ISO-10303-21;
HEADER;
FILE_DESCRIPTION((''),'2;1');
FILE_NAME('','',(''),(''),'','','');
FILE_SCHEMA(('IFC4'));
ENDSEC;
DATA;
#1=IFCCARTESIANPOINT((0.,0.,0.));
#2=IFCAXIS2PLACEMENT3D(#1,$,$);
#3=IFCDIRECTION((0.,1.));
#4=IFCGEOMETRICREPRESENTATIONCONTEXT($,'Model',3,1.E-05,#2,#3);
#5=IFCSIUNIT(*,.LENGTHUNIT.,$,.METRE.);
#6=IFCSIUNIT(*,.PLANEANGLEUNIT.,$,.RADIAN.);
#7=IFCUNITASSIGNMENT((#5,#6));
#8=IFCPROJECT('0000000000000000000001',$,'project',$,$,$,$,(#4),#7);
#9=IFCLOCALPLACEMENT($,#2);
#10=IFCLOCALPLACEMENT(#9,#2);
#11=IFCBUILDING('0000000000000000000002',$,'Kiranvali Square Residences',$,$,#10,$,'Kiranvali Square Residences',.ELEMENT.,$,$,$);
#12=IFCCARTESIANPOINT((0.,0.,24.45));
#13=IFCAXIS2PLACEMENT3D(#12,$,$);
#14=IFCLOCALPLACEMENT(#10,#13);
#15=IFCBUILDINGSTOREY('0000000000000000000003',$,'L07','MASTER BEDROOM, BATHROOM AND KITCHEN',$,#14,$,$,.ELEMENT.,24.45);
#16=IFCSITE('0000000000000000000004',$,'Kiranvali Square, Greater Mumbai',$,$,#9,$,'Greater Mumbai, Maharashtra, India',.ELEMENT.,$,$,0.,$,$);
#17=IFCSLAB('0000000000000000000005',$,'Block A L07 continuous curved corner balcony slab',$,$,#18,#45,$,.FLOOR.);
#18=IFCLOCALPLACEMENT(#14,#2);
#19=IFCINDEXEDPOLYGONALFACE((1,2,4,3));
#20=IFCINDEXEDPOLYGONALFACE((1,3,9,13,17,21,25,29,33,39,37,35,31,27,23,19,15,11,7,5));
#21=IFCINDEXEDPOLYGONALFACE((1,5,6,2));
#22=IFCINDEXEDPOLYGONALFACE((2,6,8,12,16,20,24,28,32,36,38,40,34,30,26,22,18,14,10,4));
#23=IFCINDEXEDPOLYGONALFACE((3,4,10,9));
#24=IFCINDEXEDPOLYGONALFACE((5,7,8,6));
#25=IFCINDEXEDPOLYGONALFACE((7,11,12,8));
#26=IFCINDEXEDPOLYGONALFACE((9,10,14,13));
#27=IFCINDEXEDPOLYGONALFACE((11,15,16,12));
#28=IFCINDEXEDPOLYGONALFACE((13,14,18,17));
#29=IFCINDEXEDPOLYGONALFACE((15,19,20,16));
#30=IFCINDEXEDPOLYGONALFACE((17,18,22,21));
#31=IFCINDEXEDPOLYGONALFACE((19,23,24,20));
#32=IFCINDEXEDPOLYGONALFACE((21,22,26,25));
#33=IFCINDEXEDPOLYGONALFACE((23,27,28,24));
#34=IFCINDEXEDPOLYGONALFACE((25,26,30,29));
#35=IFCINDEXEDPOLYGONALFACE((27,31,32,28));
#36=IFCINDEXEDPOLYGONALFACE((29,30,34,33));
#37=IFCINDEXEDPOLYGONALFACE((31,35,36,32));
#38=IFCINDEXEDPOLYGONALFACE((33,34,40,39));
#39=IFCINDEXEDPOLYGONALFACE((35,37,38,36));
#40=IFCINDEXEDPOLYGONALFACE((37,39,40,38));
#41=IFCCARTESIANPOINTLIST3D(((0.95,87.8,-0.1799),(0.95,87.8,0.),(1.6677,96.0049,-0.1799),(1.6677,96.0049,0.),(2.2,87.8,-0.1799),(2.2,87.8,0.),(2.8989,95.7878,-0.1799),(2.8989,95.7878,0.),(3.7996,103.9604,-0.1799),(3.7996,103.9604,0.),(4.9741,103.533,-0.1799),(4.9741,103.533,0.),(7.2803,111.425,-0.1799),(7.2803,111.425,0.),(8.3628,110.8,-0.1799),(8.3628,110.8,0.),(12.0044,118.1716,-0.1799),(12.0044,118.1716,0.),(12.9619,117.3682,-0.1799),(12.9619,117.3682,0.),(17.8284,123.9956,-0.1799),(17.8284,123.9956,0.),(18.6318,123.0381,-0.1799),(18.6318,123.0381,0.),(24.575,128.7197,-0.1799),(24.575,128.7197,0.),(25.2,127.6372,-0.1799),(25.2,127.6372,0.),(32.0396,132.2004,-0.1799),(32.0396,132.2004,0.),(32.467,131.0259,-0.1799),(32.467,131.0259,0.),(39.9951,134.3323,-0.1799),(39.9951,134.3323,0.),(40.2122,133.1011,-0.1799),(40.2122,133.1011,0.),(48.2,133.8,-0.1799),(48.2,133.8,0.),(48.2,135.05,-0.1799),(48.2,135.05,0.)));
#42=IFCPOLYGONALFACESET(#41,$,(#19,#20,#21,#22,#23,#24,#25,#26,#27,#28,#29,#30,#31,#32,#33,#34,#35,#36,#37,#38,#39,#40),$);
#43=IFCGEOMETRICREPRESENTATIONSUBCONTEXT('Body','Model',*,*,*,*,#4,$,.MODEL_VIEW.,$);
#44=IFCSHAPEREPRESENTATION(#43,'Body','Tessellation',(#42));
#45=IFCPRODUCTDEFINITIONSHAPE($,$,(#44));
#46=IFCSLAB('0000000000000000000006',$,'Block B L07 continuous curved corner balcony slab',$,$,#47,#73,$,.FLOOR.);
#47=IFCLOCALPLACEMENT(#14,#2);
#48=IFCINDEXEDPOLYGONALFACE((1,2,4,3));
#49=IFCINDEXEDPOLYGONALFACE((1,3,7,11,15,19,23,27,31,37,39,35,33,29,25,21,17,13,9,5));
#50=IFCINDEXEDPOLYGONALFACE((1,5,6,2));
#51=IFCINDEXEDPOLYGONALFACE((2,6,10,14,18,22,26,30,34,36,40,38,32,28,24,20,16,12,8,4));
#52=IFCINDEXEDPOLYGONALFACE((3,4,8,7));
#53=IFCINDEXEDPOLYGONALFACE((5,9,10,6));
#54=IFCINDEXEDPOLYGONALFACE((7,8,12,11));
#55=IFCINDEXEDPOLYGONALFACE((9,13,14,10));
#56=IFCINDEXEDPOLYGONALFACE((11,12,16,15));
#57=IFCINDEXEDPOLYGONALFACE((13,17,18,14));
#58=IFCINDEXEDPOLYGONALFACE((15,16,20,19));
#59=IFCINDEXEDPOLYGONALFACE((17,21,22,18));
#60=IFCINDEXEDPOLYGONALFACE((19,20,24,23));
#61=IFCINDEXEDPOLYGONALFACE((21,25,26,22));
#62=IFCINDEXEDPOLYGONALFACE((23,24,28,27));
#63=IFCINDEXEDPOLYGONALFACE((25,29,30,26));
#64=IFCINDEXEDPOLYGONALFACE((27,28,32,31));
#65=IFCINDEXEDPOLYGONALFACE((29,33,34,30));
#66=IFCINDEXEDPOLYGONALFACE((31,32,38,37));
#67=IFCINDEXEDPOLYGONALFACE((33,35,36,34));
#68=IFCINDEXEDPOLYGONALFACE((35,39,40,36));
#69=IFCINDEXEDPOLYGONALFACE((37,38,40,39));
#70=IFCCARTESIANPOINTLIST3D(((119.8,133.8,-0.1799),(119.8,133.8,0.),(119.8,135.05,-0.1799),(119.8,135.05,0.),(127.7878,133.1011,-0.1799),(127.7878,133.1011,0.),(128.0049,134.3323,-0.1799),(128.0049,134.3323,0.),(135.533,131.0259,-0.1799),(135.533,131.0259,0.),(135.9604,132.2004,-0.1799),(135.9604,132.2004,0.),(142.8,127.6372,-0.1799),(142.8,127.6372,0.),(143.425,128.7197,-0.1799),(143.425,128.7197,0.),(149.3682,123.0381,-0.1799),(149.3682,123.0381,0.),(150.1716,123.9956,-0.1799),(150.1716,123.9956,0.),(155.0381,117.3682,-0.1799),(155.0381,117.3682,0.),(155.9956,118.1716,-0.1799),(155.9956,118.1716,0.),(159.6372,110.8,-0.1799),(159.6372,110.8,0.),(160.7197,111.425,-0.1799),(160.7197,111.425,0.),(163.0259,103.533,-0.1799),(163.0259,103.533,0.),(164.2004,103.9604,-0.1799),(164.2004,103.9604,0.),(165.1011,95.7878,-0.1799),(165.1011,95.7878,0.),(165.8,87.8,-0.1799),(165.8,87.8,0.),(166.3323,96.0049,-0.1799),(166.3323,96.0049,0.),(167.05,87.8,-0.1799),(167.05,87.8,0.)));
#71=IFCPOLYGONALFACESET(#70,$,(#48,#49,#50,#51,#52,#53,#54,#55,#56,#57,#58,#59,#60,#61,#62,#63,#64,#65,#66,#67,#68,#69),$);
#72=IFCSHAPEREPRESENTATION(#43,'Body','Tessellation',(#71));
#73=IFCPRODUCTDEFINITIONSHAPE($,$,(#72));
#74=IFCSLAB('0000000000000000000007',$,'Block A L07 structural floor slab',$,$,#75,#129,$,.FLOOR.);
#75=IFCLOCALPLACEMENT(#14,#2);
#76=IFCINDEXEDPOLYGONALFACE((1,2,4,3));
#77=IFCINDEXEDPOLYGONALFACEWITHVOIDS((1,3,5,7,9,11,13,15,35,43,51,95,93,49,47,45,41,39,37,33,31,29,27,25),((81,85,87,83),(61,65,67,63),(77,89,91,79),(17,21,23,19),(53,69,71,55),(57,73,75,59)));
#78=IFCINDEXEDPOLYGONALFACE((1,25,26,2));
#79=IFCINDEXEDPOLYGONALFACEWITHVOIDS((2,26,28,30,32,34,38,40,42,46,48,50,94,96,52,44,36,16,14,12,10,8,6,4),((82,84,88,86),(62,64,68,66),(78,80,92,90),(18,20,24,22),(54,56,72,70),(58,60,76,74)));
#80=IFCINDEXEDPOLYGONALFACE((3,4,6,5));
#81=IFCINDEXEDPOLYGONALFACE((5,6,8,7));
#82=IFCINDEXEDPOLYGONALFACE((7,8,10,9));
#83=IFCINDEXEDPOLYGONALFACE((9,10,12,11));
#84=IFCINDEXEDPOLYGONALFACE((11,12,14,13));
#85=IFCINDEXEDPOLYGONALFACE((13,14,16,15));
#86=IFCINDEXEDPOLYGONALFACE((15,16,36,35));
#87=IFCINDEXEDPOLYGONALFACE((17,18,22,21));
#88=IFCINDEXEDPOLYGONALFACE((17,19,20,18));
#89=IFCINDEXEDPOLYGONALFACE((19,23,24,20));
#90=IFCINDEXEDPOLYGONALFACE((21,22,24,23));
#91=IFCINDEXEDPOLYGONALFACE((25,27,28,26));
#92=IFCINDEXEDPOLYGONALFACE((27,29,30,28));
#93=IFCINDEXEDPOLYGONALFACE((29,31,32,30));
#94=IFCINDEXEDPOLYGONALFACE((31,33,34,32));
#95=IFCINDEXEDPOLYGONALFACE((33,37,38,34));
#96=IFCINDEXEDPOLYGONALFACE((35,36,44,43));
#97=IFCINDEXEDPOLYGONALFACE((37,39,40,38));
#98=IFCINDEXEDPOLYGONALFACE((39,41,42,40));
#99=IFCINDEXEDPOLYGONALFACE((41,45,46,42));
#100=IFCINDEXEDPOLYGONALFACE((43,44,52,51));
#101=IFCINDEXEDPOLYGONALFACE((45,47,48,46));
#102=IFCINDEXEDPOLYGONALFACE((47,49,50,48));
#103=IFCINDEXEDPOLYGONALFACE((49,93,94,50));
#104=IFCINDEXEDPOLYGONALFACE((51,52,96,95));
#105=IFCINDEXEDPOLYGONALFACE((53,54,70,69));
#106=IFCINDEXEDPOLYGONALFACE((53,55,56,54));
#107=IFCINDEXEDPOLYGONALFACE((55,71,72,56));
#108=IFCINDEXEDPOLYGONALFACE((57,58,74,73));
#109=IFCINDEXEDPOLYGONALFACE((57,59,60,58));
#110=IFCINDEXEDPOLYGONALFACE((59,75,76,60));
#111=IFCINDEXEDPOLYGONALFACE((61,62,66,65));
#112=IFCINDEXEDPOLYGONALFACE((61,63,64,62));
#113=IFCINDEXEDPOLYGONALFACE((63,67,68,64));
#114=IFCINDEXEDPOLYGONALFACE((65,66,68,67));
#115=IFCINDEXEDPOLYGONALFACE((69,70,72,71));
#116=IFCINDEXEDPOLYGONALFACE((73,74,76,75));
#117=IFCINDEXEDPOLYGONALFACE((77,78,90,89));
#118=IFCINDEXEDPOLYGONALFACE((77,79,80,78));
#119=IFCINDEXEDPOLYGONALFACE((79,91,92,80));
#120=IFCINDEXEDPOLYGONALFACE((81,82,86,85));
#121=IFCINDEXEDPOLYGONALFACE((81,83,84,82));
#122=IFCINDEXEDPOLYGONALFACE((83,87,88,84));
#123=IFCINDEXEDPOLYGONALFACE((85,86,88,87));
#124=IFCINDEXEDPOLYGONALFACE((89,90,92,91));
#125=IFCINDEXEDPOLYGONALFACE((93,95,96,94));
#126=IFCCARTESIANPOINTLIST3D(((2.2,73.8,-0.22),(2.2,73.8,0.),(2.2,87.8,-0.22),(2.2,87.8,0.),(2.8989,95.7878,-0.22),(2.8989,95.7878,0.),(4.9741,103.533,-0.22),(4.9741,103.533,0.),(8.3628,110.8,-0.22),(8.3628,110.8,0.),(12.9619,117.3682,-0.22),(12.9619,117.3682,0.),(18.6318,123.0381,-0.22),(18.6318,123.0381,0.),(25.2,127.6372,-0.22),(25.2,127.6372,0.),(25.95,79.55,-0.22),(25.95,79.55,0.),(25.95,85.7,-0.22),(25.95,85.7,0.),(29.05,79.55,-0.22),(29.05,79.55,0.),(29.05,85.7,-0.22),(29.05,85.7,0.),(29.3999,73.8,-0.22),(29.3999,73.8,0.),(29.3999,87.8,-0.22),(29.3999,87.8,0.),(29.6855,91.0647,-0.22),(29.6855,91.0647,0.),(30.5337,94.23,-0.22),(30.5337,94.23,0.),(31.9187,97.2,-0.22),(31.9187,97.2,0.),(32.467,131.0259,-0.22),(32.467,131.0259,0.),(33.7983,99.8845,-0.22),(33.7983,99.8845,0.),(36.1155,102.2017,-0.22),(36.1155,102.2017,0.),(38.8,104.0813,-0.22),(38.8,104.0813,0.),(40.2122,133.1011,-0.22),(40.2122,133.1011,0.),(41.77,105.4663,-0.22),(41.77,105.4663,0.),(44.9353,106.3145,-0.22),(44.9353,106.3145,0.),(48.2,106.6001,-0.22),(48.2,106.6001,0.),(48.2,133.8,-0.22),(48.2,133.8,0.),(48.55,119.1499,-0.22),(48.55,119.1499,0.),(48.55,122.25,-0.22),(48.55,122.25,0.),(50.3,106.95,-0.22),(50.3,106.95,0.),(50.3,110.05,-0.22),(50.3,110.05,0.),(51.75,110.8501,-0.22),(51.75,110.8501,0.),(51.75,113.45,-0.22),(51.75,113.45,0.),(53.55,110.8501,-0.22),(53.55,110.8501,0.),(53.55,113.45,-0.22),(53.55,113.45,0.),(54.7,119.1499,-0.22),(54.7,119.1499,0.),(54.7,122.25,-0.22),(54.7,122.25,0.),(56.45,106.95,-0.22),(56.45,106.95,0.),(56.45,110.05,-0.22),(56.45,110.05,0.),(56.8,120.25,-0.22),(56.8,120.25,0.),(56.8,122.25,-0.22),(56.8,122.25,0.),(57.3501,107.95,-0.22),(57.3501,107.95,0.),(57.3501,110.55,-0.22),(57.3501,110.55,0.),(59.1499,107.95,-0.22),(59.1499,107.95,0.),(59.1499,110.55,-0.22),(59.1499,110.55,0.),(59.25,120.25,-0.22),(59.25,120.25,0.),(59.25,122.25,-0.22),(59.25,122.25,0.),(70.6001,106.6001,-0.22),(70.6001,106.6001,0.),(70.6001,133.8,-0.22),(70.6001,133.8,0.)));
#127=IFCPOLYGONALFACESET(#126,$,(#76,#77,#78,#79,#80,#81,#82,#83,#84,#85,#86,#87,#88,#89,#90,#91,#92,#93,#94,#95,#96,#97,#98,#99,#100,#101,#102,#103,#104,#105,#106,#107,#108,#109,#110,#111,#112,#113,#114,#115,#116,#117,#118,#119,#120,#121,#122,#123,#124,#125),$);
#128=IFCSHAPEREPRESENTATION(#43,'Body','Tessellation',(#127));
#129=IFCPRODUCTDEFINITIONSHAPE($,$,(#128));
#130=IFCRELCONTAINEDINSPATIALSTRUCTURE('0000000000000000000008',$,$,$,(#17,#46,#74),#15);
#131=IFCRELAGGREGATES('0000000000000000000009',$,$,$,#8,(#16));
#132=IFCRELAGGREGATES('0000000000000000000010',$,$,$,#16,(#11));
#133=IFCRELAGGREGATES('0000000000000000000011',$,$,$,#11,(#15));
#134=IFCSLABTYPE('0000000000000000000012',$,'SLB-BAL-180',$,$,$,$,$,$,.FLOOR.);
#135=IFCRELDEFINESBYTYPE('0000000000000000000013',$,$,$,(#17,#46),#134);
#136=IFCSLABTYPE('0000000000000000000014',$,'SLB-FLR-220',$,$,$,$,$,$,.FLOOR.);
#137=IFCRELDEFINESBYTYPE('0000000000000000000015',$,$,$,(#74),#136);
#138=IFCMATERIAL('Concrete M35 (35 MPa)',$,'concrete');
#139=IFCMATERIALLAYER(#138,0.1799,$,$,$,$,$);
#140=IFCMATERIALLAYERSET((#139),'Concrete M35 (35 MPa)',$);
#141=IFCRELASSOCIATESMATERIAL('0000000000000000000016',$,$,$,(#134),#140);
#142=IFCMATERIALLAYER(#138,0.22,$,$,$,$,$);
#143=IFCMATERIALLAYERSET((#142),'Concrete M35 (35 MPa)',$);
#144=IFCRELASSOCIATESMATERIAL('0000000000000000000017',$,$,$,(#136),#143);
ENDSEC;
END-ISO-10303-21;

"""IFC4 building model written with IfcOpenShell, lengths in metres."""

from ifc_helpers import new_model, si_unit, direction, frame, origin, place, context, subcontext, project, spatial, polyline, outline, extrude, material, layer, layer_set, type_object, element, save


model = new_model("IFC4")

# Units and contexts
model_context = context("Model", 3, precision=1e-05, world=origin(), true_north=direction((0.0, 1.0)))
body_context = subcontext(model_context, "Body", "Model", "MODEL_VIEW")
ifc_project = project(units=[si_unit("LENGTHUNIT", "METRE"), si_unit("PLANEANGLEUNIT", "RADIAN")], contexts=[model_context])

# Site, building, storey
site_placement = place(None, origin())
site = spatial("IfcSite", under=ifc_project, at=site_placement, Name="Kiranvali Square, Greater Mumbai", LongName="Greater Mumbai, Maharashtra, India", CompositionType="ELEMENT", RefElevation=0.0)
building_placement = place(site_placement, origin())
building = spatial("IfcBuilding", under=site, at=building_placement, Name="Kiranvali Square Residences", LongName="Kiranvali Square Residences", CompositionType="ELEMENT")
storey_placement = place(building_placement, frame((0.0, 0.0, 24.45)))
storey = spatial("IfcBuildingStorey", under=building, at=storey_placement, Name="L07", Description="MASTER BEDROOM, BATHROOM AND KITCHEN", CompositionType="ELEMENT", Elevation=24.45)

# Slabs
ifc_material_1 = material(Name="Concrete M35 (35 MPa)", Category="concrete")
ifc_layer_1 = layer(ifc_material_1, 0.1799)
ifc_layer_set_1 = layer_set([ifc_layer_1], Name="Concrete M35 (35 MPa)")
slab_type_1 = type_object("IfcSlabType", Name="SLB-BAL-180", PredefinedType="FLOOR", material=ifc_layer_set_1)
slab_1_placement = place(storey_placement, frame((0.0, 0.0, -0.1799)))
element("IfcSlab", 1, at=slab_1_placement, inside=storey, type_object=slab_type_1, Name="Block A L07 continuous curved corner balcony slab", PredefinedType="FLOOR", context=body_context, shape_type="SweptSolid", body=[
    extrude(outline(polyline([(48.2, 135.05), (39.9951, 134.3323), (32.0396, 132.2004), (24.575, 128.7197), (17.8284, 123.9956), (12.0044, 118.1716), (7.2803, 111.425), (3.7996, 103.9604), (1.6677, 96.0049), (0.95, 87.8), (2.2, 87.8), (2.8989, 95.7878), (4.9741, 103.533), (8.3628, 110.8), (12.9619, 117.3682), (18.6318, 123.0381), (25.2, 127.6372), (32.467, 131.0259), (40.2122, 133.1011), (48.2, 133.8), (48.2, 135.05)])), origin(), (0.0, 0.0, 1.0), 0.1799),
])
slab_2_placement = place(storey_placement, frame((0.0, 0.0, -0.1799)))
element("IfcSlab", 2, at=slab_2_placement, inside=storey, type_object=slab_type_1, Name="Block B L07 continuous curved corner balcony slab", PredefinedType="FLOOR", context=body_context, shape_type="SweptSolid", body=[
    extrude(outline(polyline([(119.8, 133.8), (127.7878, 133.1011), (135.533, 131.0259), (142.8, 127.6372), (149.3682, 123.0381), (155.0381, 117.3682), (159.6372, 110.8), (163.0259, 103.533), (165.1011, 95.7878), (165.8, 87.8), (167.05, 87.8), (166.3323, 96.0049), (164.2004, 103.9604), (160.7197, 111.425), (155.9956, 118.1716), (150.1716, 123.9956), (143.425, 128.7197), (135.9604, 132.2004), (128.0049, 134.3323), (119.8, 135.05), (119.8, 133.8)])), origin(), (0.0, 0.0, 1.0), 0.1799),
])
ifc_layer_2 = layer(ifc_material_1, 0.22)
ifc_layer_set_2 = layer_set([ifc_layer_2], Name="Concrete M35 (35 MPa)")
slab_type_2 = type_object("IfcSlabType", Name="SLB-FLR-220", PredefinedType="FLOOR", material=ifc_layer_set_2)
slab_3_placement = place(storey_placement, frame((0.0, 0.0, -0.22)))
element("IfcSlab", 3, at=slab_3_placement, inside=storey, type_object=slab_type_2, Name="Block A L07 structural floor slab", PredefinedType="FLOOR", context=body_context, shape_type="SweptSolid", body=[
    extrude(outline(polyline([(70.6001, 106.6001), (70.6001, 133.8), (48.2, 133.8), (40.2122, 133.1011), (32.467, 131.0259), (25.2, 127.6372), (18.6318, 123.0381), (12.9619, 117.3682), (8.3628, 110.8), (4.9741, 103.533), (2.8989, 95.7878), (2.2, 87.8), (2.2, 73.8), (29.3999, 73.8), (29.3999, 87.8), (29.6855, 91.0647), (30.5337, 94.23), (31.9187, 97.2), (33.7983, 99.8845), (36.1155, 102.2017), (38.8, 104.0813), (41.77, 105.4663), (44.9353, 106.3145), (48.2, 106.6001), (70.6001, 106.6001)]), holes=[polyline([(56.8, 120.25), (59.25, 120.25), (59.25, 122.25), (56.8, 122.25), (56.8, 120.25)]), polyline([(57.3501, 107.95), (59.1499, 107.95), (59.1499, 110.55), (57.3501, 110.55), (57.3501, 107.95)]), polyline([(51.75, 110.8501), (53.55, 110.8501), (53.55, 113.45), (51.75, 113.45), (51.75, 110.8501)]), polyline([(54.7, 122.25), (48.55, 122.25), (48.55, 119.1499), (54.7, 119.1499), (54.7, 122.25)]), polyline([(50.3, 106.95), (56.45, 106.95), (56.45, 110.05), (50.3, 110.05), (50.3, 106.95)]), polyline([(25.95, 85.7), (25.95, 79.55), (29.05, 79.55), (29.05, 85.7), (25.95, 85.7)])]), origin(), (0.0, 0.0, 1.0), 0.22),
])

save(model, "model.ifc")
